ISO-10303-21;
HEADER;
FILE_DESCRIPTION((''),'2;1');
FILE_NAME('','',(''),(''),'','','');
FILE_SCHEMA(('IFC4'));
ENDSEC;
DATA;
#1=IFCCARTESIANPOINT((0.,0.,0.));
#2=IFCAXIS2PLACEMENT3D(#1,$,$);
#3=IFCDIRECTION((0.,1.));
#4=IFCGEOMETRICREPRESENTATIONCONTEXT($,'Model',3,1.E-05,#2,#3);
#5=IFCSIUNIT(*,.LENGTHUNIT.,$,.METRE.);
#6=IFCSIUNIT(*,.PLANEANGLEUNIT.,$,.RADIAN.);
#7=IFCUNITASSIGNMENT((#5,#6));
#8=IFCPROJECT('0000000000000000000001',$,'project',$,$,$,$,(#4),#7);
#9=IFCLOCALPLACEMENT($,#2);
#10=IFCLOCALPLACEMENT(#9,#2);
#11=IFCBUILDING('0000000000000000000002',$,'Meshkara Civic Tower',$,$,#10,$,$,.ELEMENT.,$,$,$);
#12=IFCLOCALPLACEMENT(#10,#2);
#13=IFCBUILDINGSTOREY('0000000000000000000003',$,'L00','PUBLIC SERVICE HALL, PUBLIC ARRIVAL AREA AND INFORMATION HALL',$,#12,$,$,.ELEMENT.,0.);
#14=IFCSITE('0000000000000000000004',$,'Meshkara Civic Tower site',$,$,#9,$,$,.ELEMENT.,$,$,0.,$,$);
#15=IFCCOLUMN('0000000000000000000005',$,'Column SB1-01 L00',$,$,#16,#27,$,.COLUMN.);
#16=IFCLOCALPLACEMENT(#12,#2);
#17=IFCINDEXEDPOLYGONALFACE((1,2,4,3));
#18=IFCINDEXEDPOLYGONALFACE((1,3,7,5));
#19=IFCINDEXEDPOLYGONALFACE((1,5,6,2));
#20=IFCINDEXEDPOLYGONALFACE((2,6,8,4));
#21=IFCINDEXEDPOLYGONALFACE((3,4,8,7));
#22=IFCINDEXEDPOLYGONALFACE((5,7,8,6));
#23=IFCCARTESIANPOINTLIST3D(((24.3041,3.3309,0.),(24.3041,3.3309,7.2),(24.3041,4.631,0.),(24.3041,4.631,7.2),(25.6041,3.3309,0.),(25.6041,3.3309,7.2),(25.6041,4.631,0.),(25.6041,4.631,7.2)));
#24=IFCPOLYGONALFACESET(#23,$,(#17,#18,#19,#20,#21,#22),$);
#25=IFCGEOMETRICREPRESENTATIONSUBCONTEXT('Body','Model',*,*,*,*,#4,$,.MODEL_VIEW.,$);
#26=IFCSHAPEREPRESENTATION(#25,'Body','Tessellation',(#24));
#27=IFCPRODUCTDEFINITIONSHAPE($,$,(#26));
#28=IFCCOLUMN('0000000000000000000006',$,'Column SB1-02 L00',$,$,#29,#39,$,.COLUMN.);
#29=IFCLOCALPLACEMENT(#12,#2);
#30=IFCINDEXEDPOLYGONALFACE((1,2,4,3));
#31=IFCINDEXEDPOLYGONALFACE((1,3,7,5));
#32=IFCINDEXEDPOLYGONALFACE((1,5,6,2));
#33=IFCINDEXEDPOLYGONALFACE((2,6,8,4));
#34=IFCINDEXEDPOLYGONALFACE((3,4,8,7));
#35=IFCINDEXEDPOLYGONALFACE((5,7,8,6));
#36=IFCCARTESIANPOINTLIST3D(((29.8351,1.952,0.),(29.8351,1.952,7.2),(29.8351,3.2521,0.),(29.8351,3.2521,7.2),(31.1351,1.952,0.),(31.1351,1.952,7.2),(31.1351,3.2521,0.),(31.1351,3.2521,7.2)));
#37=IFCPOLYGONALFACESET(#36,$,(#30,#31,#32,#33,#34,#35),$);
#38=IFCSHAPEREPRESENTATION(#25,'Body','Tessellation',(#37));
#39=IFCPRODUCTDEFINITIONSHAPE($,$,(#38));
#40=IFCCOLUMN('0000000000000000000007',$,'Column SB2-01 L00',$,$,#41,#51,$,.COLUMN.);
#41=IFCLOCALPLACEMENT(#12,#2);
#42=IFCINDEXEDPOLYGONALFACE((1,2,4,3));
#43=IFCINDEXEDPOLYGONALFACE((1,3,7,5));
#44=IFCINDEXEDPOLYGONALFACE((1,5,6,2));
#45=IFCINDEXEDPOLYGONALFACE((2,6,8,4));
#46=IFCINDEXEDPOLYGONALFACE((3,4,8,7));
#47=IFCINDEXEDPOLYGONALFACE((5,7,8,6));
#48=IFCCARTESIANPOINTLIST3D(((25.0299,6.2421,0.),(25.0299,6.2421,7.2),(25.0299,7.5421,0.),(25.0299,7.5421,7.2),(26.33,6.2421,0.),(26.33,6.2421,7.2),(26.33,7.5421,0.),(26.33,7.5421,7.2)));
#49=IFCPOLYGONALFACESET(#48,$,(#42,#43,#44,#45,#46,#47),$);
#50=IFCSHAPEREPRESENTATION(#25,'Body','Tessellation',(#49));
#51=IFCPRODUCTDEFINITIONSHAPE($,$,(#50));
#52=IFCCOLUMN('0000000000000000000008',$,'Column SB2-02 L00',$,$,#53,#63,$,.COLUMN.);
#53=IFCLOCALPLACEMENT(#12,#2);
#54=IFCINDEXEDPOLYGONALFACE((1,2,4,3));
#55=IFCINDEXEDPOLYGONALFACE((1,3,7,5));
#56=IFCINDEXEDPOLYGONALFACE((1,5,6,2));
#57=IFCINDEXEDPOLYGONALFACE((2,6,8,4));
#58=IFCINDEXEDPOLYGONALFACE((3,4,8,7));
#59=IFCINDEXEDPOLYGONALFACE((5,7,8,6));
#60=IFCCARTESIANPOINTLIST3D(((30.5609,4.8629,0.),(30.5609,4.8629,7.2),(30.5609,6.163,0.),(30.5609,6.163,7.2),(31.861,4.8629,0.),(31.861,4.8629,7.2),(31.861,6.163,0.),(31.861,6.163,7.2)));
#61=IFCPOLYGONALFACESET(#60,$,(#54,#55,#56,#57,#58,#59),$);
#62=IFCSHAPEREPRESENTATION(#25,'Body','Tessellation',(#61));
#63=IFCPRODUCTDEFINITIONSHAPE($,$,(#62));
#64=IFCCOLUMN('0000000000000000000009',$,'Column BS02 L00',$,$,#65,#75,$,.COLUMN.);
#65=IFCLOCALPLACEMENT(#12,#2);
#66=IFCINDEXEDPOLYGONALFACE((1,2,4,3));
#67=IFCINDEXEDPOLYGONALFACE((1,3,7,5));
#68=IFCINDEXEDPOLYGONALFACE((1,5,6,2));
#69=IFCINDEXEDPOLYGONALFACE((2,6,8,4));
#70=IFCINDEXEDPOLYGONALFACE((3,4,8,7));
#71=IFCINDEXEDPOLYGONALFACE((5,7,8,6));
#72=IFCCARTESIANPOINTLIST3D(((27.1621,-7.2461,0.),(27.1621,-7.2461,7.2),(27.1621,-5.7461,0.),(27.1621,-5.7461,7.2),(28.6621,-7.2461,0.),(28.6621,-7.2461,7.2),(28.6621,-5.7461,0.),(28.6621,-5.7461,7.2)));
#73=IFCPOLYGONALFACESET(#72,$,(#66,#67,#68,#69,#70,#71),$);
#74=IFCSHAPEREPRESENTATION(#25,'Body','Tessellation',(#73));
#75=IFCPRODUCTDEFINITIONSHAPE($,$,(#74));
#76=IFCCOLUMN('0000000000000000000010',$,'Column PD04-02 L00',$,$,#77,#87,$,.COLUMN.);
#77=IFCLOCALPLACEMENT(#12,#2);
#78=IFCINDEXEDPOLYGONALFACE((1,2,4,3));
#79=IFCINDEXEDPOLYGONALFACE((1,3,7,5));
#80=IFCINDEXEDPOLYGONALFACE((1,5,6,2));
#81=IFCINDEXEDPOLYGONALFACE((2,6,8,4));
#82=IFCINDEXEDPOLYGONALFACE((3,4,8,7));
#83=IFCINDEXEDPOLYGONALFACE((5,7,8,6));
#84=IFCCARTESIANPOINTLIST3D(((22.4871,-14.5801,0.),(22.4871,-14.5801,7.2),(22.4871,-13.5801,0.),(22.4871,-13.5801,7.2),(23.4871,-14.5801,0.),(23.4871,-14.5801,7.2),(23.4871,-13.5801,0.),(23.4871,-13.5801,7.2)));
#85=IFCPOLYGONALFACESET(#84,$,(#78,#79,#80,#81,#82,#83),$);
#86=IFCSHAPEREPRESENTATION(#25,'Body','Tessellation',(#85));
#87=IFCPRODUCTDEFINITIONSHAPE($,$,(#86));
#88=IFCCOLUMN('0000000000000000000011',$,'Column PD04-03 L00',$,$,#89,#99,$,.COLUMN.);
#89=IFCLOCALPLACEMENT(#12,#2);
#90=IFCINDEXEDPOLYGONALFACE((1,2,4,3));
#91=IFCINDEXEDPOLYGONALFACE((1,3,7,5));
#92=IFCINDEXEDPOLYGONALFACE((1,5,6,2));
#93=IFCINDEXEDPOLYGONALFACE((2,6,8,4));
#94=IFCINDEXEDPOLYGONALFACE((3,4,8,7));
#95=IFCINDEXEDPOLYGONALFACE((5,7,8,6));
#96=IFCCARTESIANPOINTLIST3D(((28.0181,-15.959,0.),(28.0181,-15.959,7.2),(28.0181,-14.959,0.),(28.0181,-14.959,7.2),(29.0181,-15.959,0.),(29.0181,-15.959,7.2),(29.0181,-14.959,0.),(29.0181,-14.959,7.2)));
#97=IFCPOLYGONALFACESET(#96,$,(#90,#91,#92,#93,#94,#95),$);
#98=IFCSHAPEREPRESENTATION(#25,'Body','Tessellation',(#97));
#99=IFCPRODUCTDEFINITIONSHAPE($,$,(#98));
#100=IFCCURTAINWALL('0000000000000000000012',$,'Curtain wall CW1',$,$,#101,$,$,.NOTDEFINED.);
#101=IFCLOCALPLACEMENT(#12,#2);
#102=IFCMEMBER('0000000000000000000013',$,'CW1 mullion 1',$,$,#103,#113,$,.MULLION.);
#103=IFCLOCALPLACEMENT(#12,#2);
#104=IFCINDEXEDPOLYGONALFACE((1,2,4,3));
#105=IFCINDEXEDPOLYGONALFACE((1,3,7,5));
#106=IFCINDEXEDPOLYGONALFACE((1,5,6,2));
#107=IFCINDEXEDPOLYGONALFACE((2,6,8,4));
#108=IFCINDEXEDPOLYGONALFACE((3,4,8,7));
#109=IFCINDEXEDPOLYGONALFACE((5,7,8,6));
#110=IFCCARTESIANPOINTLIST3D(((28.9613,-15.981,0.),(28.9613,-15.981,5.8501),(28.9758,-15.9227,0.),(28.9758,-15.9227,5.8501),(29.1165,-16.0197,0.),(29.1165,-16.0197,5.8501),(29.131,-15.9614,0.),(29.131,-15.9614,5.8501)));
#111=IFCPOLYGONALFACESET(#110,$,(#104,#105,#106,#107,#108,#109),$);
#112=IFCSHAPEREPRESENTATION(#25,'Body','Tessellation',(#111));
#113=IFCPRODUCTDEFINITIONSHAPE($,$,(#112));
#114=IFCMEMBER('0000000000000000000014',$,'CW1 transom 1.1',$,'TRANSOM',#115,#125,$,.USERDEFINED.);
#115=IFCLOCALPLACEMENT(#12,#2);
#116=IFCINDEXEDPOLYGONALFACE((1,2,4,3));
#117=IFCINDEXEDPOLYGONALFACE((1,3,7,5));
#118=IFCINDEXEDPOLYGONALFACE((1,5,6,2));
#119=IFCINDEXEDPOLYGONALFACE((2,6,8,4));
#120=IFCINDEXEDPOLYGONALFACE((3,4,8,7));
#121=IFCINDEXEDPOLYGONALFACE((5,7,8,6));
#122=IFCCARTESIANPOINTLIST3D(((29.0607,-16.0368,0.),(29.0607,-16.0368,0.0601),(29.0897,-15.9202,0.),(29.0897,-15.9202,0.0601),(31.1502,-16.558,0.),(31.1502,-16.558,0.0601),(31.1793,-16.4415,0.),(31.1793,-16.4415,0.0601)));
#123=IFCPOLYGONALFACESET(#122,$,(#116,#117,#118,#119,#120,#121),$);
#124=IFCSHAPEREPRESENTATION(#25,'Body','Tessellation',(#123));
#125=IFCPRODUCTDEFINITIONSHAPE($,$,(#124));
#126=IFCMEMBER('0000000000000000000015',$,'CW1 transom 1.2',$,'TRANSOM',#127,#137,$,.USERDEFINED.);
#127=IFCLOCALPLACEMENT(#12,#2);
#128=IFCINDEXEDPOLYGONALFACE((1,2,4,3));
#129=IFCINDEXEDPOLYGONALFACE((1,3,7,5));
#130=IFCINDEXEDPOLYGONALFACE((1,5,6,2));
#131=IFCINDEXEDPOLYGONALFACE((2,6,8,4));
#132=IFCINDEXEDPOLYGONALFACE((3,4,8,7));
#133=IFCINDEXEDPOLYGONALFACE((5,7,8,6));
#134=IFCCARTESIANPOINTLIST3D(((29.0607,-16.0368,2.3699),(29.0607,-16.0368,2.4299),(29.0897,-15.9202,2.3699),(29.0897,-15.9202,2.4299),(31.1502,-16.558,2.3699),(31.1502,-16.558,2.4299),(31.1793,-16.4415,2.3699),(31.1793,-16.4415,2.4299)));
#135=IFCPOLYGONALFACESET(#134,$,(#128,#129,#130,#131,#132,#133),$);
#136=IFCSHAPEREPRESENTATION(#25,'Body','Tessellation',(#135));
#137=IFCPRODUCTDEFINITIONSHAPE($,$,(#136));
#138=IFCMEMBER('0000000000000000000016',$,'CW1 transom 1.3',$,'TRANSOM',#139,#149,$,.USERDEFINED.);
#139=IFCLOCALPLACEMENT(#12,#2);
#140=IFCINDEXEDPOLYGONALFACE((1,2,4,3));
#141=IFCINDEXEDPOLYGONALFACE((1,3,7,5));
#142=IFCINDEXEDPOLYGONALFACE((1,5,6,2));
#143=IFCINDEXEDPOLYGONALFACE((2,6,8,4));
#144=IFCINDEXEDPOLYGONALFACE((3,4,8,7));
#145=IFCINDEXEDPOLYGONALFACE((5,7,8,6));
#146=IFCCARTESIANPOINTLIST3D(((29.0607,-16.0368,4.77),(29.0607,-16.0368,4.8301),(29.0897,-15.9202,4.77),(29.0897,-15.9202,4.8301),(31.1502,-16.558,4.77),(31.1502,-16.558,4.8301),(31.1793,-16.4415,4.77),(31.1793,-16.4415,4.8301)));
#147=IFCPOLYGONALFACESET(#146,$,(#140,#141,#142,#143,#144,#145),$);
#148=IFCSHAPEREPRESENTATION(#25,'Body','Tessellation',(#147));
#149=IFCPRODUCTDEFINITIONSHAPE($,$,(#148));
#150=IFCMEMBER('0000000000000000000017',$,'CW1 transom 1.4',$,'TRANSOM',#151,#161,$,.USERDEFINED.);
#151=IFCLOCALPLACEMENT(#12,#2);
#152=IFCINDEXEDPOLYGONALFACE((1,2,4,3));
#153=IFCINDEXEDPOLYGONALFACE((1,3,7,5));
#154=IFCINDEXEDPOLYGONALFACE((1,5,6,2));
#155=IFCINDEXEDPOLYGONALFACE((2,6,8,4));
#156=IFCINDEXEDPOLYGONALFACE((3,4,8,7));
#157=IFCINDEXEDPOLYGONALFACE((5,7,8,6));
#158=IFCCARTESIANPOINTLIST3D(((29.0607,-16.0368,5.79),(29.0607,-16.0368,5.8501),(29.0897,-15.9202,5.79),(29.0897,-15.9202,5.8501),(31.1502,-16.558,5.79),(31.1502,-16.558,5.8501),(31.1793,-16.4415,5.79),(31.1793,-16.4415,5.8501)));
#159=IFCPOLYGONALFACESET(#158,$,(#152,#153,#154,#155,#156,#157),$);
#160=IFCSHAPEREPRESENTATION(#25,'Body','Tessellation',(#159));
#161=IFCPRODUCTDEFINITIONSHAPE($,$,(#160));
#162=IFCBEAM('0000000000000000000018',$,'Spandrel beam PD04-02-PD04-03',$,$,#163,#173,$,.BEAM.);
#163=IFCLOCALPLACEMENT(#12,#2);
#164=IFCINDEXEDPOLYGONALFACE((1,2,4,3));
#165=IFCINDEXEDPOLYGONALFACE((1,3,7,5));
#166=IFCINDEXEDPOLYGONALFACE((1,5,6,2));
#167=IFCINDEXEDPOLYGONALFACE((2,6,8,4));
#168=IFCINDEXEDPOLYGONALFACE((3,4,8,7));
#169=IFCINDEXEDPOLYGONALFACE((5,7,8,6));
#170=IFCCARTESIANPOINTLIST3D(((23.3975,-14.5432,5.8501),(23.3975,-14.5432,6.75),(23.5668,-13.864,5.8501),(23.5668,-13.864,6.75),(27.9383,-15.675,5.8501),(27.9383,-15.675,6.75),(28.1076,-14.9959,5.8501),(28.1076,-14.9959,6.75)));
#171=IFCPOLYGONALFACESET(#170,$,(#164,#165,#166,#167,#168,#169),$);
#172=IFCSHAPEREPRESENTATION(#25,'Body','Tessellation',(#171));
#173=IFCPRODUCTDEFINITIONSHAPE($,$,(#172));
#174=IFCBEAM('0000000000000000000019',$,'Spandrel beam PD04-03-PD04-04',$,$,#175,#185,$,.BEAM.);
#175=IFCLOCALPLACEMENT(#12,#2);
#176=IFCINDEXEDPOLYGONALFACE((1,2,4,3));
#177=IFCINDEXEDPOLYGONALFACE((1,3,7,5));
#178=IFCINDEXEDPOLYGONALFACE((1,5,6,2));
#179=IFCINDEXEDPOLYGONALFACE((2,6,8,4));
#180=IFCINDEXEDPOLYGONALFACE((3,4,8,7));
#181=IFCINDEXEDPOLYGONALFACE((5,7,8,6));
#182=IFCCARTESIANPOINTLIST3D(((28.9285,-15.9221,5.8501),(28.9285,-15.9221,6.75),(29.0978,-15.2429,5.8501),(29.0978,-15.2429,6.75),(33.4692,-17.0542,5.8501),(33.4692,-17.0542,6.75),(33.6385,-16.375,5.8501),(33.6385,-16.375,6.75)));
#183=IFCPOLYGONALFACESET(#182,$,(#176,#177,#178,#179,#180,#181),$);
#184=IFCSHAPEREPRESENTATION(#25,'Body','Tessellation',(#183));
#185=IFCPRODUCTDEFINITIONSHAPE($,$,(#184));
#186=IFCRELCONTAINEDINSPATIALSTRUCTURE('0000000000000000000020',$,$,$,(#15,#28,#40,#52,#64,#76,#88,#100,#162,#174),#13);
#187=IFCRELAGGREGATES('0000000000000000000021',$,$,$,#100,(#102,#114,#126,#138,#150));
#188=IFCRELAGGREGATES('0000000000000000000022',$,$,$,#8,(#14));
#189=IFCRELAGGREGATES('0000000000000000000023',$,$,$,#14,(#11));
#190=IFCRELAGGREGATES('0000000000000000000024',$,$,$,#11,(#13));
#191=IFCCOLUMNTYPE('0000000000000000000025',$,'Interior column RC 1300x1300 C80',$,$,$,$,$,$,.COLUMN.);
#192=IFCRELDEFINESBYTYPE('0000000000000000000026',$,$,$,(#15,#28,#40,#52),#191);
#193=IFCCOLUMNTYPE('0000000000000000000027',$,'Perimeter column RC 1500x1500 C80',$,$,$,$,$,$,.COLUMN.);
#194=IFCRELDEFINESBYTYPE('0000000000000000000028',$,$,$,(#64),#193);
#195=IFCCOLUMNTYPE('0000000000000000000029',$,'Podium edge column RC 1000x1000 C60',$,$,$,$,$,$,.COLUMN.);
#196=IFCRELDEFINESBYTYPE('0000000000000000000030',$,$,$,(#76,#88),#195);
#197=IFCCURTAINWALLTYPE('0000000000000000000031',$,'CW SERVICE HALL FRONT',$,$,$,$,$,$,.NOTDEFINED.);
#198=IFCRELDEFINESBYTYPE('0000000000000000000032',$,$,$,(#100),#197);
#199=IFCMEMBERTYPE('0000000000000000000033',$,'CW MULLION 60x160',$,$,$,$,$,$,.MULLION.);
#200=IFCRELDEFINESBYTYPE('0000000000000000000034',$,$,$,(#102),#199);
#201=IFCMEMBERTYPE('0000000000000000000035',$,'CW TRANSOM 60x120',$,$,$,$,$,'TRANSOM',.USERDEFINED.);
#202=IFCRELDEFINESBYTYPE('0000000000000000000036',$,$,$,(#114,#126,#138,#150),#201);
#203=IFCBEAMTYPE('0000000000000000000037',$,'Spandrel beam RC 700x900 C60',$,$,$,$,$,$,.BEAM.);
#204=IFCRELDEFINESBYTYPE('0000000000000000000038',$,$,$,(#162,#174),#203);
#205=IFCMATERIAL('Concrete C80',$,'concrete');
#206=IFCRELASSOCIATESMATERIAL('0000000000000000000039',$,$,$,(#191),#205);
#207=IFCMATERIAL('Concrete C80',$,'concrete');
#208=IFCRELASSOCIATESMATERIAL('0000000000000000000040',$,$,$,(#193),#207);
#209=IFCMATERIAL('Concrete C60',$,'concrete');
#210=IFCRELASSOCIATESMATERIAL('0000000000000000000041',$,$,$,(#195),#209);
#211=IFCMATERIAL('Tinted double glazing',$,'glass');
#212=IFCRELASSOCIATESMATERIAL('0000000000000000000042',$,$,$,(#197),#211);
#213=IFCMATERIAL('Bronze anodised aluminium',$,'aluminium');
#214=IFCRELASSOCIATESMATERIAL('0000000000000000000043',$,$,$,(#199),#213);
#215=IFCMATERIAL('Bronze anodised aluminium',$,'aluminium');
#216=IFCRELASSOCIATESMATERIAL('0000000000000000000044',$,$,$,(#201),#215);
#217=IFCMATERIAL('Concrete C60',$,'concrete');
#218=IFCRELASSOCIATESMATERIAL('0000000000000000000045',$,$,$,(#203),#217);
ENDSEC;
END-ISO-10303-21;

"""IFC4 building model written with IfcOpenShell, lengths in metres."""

from ifc_helpers import new_model, si_unit, direction, frame, origin, origin_2d, place, context, subcontext, project, spatial, rectangle, extrude, material, material_profile, profile_set, type_object, element, aggregate, save


model = new_model("IFC4")

# Units and contexts
model_context = context("Model", 3, precision=1e-05, world=origin(), true_north=direction((0.0, 1.0)))
body_context = subcontext(model_context, "Body", "Model", "MODEL_VIEW")
ifc_project = project(units=[si_unit("LENGTHUNIT", "METRE"), si_unit("PLANEANGLEUNIT", "RADIAN")], contexts=[model_context])

# Site, building, storey
site_placement = place(None, origin())
site = spatial("IfcSite", under=ifc_project, at=site_placement, Name="Meshkara Civic Tower site", CompositionType="ELEMENT", RefElevation=0.0)
building_placement = place(site_placement, origin())
building = spatial("IfcBuilding", under=site, at=building_placement, Name="Meshkara Civic Tower", CompositionType="ELEMENT")
storey_placement = place(building_placement, origin())
storey = spatial("IfcBuildingStorey", under=building, at=storey_placement, Name="L00", Description="PUBLIC SERVICE HALL, PUBLIC ARRIVAL AREA AND INFORMATION HALL", CompositionType="ELEMENT", Elevation=0.0)

# Columns
ifc_material_1 = material(Name="Concrete C80", Category="concrete")
ifc_material_profile_1 = material_profile(ifc_material_1, rectangle(XDim=1.3, YDim=1.3, at=origin_2d()))
ifc_profile_set_1 = profile_set([ifc_material_profile_1], Name="Concrete C80")
column_type_1 = type_object("IfcColumnType", Name="Interior column RC 1300x1300 C80", PredefinedType="COLUMN", material=ifc_profile_set_1)
for number, where, z_axis, x_axis, name in (
    (1, (24.9541, 3.981, 0.0), (0.0, 0.0, 1.0), (1.0, 0.0, 0.0), "Column SB1-01 L00"),
    (2, (30.4851, 2.6021, 0.0), (0.0, 0.0, 1.0), (1.0, 0.0, 0.0), "Column SB1-02 L00"),
    (3, (25.6799, 6.8921, 0.0), (0.0, 0.0, 1.0), (1.0, 0.0, 0.0), "Column SB2-01 L00"),
    (4, (31.2109, 5.5129, 0.0), (0.0, 0.0, 1.0), (1.0, 0.0, 0.0), "Column SB2-02 L00"),
):
    element("IfcColumn", number, at=place(storey_placement, frame(where, z_axis=z_axis, x_axis=x_axis)), inside=storey, type_object=column_type_1, Name=name, PredefinedType="COLUMN", context=body_context, shape_type="SweptSolid", body=[
        extrude(rectangle(XDim=1.3, YDim=1.3, at=origin_2d()), origin(), (0.0, 0.0, 1.0), 7.2),
    ])
ifc_material_2 = material(Name="Concrete C80", Category="concrete")
ifc_material_profile_2 = material_profile(ifc_material_2, rectangle(XDim=1.5, YDim=1.5, at=origin_2d()))
ifc_profile_set_2 = profile_set([ifc_material_profile_2], Name="Concrete C80")
column_type_2 = type_object("IfcColumnType", Name="Perimeter column RC 1500x1500 C80", PredefinedType="COLUMN", material=ifc_profile_set_2)
column_placement = place(storey_placement, frame((27.9121, -6.4961, 0.0), z_axis=(0.0, 0.0, 1.0), x_axis=(1.0, 0.0, 0.0)))
element("IfcColumn", 5, at=column_placement, inside=storey, type_object=column_type_2, Name="Column BS02 L00", PredefinedType="COLUMN", context=body_context, shape_type="SweptSolid", body=[
    extrude(rectangle(XDim=1.5, YDim=1.5, at=origin_2d()), origin(), (0.0, 0.0, 1.0), 7.2),
])
ifc_material_3 = material(Name="Concrete C60", Category="concrete")
ifc_material_profile_3 = material_profile(ifc_material_3, rectangle(XDim=1.0, YDim=1.0, at=origin_2d()))
ifc_profile_set_3 = profile_set([ifc_material_profile_3], Name="Concrete C60")
column_type_3 = type_object("IfcColumnType", Name="Podium edge column RC 1000x1000 C60", PredefinedType="COLUMN", material=ifc_profile_set_3)
for number, where, z_axis, x_axis, name in (
    (6, (22.9871, -14.0801, 0.0), (0.0, 0.0, 1.0), (1.0, 0.0, 0.0), "Column PD04-02 L00"),
    (7, (28.5181, -15.459, 0.0), (0.0, 0.0, 1.0), (1.0, 0.0, 0.0), "Column PD04-03 L00"),
):
    element("IfcColumn", number, at=place(storey_placement, frame(where, z_axis=z_axis, x_axis=x_axis)), inside=storey, type_object=column_type_3, Name=name, PredefinedType="COLUMN", context=body_context, shape_type="SweptSolid", body=[
        extrude(rectangle(XDim=1.0, YDim=1.0, at=origin_2d()), origin(), (0.0, 0.0, 1.0), 7.2),
    ])

# Curtain wall, members
ifc_material_4 = material(Name="Tinted double glazing", Category="glass")
curtain_wall_type = type_object("IfcCurtainWallType", Name="CW SERVICE HALL FRONT", PredefinedType="NOTDEFINED", material=ifc_material_4)
curtain_wall_placement = place(storey_placement, origin())
curtain_wall = element("IfcCurtainWall", 8, at=curtain_wall_placement, inside=storey, type_object=curtain_wall_type, Name="Curtain wall CW1", PredefinedType="NOTDEFINED")
ifc_material_5 = material(Name="Bronze anodised aluminium", Category="aluminium")
ifc_material_profile_4 = material_profile(ifc_material_5, rectangle(XDim=0.0601, YDim=0.1599, at=origin_2d()))
ifc_profile_set_4 = profile_set([ifc_material_profile_4], Name="Bronze anodised aluminium")
member_type_1 = type_object("IfcMemberType", Name="CW MULLION 60x160", PredefinedType="MULLION", material=ifc_profile_set_4)
member_1_placement = place(storey_placement, frame((29.0461, -15.9712, 0.0), z_axis=(0.0, 0.0, 1.0), x_axis=(0.242011, 0.970273, 0.0)))
member_1 = element("IfcMember", 9, at=member_1_placement, type_object=member_type_1, Name="CW1 mullion 1", PredefinedType="MULLION", context=body_context, shape_type="SweptSolid", body=[
    extrude(rectangle(XDim=0.0601, YDim=0.1599, at=origin_2d()), origin(), (0.0, 0.0, 1.0), 5.8501),
])
ifc_material_6 = material(Name="Bronze anodised aluminium", Category="aluminium")
ifc_material_profile_5 = material_profile(ifc_material_6, rectangle(XDim=0.1201, YDim=0.0601, at=origin_2d()))
ifc_profile_set_5 = profile_set([ifc_material_profile_5], Name="Bronze anodised aluminium")
member_type_2 = type_object("IfcMemberType", Name="CW TRANSOM 60x120", ElementType="TRANSOM", PredefinedType="USERDEFINED", material=ifc_profile_set_5)
member_2_placement = place(storey_placement, frame((29.0752, -15.9785, 0.03), z_axis=(0.970269, -0.242029, 0.0), x_axis=(0.242029, 0.970269, 0.0)))
member_2 = element("IfcMember", 10, at=member_2_placement, type_object=member_type_2, Name="CW1 transom 1.1", ObjectType="TRANSOM", PredefinedType="USERDEFINED", context=body_context, shape_type="SweptSolid", body=[
    extrude(rectangle(XDim=0.1201, YDim=0.0601, at=origin_2d()), origin(), (0.0, 0.0, 1.0), 2.1536),
])
member_3_placement = place(storey_placement, frame((29.0752, -15.9785, 2.3999), z_axis=(0.970269, -0.242029, 0.0), x_axis=(0.242029, 0.970269, 0.0)))
member_3 = element("IfcMember", 11, at=member_3_placement, type_object=member_type_2, Name="CW1 transom 1.2", ObjectType="TRANSOM", PredefinedType="USERDEFINED", context=body_context, shape_type="SweptSolid", body=[
    extrude(rectangle(XDim=0.1201, YDim=0.0601, at=origin_2d()), origin(), (0.0, 0.0, 1.0), 2.1536),
])
member_4_placement = place(storey_placement, frame((29.0752, -15.9785, 4.8), z_axis=(0.970269, -0.242029, 0.0), x_axis=(0.242029, 0.970269, 0.0)))
member_4 = element("IfcMember", 12, at=member_4_placement, type_object=member_type_2, Name="CW1 transom 1.3", ObjectType="TRANSOM", PredefinedType="USERDEFINED", context=body_context, shape_type="SweptSolid", body=[
    extrude(rectangle(XDim=0.1201, YDim=0.0601, at=origin_2d()), origin(), (0.0, 0.0, 1.0), 2.1536),
])
member_5_placement = place(storey_placement, frame((29.0752, -15.9785, 5.8201), z_axis=(0.970269, -0.242029, 0.0), x_axis=(0.242029, 0.970269, 0.0)))
member_5 = element("IfcMember", 13, at=member_5_placement, type_object=member_type_2, Name="CW1 transom 1.4", ObjectType="TRANSOM", PredefinedType="USERDEFINED", context=body_context, shape_type="SweptSolid", body=[
    extrude(rectangle(XDim=0.1201, YDim=0.0601, at=origin_2d()), origin(), (0.0, 0.0, 1.0), 2.1536),
])

# Beams
ifc_material_7 = material(Name="Concrete C60", Category="concrete")
ifc_material_profile_6 = material_profile(ifc_material_7, rectangle(XDim=0.7, YDim=0.8999, at=origin_2d()))
ifc_profile_set_6 = profile_set([ifc_material_profile_6], Name="Concrete C60")
beam_type = type_object("IfcBeamType", Name="Spandrel beam RC 700x900 C60", PredefinedType="BEAM", material=ifc_profile_set_6)
for number, where, z_axis, x_axis, name in (
    (14, (23.4822, -14.2036, 6.3), (0.970311, -0.24186, 0.0), (0.24186, 0.970311, 0.0), "Spandrel beam PD04-02-PD04-03"),
    (15, (29.0132, -15.5825, 6.3), (0.970299, -0.24191, 0.0), (0.24191, 0.970299, 0.0), "Spandrel beam PD04-03-PD04-04"),
):
    element("IfcBeam", number, at=place(storey_placement, frame(where, z_axis=z_axis, x_axis=x_axis)), inside=storey, type_object=beam_type, Name=name, PredefinedType="BEAM", context=body_context, shape_type="SweptSolid", body=[
        extrude(rectangle(XDim=0.7, YDim=0.8999, at=origin_2d()), origin(), (0.0, 0.0, 1.0), 4.6797),
    ])

aggregate(curtain_wall, [member_1, member_2, member_3, member_4, member_5])

save(model, "model.ifc")
